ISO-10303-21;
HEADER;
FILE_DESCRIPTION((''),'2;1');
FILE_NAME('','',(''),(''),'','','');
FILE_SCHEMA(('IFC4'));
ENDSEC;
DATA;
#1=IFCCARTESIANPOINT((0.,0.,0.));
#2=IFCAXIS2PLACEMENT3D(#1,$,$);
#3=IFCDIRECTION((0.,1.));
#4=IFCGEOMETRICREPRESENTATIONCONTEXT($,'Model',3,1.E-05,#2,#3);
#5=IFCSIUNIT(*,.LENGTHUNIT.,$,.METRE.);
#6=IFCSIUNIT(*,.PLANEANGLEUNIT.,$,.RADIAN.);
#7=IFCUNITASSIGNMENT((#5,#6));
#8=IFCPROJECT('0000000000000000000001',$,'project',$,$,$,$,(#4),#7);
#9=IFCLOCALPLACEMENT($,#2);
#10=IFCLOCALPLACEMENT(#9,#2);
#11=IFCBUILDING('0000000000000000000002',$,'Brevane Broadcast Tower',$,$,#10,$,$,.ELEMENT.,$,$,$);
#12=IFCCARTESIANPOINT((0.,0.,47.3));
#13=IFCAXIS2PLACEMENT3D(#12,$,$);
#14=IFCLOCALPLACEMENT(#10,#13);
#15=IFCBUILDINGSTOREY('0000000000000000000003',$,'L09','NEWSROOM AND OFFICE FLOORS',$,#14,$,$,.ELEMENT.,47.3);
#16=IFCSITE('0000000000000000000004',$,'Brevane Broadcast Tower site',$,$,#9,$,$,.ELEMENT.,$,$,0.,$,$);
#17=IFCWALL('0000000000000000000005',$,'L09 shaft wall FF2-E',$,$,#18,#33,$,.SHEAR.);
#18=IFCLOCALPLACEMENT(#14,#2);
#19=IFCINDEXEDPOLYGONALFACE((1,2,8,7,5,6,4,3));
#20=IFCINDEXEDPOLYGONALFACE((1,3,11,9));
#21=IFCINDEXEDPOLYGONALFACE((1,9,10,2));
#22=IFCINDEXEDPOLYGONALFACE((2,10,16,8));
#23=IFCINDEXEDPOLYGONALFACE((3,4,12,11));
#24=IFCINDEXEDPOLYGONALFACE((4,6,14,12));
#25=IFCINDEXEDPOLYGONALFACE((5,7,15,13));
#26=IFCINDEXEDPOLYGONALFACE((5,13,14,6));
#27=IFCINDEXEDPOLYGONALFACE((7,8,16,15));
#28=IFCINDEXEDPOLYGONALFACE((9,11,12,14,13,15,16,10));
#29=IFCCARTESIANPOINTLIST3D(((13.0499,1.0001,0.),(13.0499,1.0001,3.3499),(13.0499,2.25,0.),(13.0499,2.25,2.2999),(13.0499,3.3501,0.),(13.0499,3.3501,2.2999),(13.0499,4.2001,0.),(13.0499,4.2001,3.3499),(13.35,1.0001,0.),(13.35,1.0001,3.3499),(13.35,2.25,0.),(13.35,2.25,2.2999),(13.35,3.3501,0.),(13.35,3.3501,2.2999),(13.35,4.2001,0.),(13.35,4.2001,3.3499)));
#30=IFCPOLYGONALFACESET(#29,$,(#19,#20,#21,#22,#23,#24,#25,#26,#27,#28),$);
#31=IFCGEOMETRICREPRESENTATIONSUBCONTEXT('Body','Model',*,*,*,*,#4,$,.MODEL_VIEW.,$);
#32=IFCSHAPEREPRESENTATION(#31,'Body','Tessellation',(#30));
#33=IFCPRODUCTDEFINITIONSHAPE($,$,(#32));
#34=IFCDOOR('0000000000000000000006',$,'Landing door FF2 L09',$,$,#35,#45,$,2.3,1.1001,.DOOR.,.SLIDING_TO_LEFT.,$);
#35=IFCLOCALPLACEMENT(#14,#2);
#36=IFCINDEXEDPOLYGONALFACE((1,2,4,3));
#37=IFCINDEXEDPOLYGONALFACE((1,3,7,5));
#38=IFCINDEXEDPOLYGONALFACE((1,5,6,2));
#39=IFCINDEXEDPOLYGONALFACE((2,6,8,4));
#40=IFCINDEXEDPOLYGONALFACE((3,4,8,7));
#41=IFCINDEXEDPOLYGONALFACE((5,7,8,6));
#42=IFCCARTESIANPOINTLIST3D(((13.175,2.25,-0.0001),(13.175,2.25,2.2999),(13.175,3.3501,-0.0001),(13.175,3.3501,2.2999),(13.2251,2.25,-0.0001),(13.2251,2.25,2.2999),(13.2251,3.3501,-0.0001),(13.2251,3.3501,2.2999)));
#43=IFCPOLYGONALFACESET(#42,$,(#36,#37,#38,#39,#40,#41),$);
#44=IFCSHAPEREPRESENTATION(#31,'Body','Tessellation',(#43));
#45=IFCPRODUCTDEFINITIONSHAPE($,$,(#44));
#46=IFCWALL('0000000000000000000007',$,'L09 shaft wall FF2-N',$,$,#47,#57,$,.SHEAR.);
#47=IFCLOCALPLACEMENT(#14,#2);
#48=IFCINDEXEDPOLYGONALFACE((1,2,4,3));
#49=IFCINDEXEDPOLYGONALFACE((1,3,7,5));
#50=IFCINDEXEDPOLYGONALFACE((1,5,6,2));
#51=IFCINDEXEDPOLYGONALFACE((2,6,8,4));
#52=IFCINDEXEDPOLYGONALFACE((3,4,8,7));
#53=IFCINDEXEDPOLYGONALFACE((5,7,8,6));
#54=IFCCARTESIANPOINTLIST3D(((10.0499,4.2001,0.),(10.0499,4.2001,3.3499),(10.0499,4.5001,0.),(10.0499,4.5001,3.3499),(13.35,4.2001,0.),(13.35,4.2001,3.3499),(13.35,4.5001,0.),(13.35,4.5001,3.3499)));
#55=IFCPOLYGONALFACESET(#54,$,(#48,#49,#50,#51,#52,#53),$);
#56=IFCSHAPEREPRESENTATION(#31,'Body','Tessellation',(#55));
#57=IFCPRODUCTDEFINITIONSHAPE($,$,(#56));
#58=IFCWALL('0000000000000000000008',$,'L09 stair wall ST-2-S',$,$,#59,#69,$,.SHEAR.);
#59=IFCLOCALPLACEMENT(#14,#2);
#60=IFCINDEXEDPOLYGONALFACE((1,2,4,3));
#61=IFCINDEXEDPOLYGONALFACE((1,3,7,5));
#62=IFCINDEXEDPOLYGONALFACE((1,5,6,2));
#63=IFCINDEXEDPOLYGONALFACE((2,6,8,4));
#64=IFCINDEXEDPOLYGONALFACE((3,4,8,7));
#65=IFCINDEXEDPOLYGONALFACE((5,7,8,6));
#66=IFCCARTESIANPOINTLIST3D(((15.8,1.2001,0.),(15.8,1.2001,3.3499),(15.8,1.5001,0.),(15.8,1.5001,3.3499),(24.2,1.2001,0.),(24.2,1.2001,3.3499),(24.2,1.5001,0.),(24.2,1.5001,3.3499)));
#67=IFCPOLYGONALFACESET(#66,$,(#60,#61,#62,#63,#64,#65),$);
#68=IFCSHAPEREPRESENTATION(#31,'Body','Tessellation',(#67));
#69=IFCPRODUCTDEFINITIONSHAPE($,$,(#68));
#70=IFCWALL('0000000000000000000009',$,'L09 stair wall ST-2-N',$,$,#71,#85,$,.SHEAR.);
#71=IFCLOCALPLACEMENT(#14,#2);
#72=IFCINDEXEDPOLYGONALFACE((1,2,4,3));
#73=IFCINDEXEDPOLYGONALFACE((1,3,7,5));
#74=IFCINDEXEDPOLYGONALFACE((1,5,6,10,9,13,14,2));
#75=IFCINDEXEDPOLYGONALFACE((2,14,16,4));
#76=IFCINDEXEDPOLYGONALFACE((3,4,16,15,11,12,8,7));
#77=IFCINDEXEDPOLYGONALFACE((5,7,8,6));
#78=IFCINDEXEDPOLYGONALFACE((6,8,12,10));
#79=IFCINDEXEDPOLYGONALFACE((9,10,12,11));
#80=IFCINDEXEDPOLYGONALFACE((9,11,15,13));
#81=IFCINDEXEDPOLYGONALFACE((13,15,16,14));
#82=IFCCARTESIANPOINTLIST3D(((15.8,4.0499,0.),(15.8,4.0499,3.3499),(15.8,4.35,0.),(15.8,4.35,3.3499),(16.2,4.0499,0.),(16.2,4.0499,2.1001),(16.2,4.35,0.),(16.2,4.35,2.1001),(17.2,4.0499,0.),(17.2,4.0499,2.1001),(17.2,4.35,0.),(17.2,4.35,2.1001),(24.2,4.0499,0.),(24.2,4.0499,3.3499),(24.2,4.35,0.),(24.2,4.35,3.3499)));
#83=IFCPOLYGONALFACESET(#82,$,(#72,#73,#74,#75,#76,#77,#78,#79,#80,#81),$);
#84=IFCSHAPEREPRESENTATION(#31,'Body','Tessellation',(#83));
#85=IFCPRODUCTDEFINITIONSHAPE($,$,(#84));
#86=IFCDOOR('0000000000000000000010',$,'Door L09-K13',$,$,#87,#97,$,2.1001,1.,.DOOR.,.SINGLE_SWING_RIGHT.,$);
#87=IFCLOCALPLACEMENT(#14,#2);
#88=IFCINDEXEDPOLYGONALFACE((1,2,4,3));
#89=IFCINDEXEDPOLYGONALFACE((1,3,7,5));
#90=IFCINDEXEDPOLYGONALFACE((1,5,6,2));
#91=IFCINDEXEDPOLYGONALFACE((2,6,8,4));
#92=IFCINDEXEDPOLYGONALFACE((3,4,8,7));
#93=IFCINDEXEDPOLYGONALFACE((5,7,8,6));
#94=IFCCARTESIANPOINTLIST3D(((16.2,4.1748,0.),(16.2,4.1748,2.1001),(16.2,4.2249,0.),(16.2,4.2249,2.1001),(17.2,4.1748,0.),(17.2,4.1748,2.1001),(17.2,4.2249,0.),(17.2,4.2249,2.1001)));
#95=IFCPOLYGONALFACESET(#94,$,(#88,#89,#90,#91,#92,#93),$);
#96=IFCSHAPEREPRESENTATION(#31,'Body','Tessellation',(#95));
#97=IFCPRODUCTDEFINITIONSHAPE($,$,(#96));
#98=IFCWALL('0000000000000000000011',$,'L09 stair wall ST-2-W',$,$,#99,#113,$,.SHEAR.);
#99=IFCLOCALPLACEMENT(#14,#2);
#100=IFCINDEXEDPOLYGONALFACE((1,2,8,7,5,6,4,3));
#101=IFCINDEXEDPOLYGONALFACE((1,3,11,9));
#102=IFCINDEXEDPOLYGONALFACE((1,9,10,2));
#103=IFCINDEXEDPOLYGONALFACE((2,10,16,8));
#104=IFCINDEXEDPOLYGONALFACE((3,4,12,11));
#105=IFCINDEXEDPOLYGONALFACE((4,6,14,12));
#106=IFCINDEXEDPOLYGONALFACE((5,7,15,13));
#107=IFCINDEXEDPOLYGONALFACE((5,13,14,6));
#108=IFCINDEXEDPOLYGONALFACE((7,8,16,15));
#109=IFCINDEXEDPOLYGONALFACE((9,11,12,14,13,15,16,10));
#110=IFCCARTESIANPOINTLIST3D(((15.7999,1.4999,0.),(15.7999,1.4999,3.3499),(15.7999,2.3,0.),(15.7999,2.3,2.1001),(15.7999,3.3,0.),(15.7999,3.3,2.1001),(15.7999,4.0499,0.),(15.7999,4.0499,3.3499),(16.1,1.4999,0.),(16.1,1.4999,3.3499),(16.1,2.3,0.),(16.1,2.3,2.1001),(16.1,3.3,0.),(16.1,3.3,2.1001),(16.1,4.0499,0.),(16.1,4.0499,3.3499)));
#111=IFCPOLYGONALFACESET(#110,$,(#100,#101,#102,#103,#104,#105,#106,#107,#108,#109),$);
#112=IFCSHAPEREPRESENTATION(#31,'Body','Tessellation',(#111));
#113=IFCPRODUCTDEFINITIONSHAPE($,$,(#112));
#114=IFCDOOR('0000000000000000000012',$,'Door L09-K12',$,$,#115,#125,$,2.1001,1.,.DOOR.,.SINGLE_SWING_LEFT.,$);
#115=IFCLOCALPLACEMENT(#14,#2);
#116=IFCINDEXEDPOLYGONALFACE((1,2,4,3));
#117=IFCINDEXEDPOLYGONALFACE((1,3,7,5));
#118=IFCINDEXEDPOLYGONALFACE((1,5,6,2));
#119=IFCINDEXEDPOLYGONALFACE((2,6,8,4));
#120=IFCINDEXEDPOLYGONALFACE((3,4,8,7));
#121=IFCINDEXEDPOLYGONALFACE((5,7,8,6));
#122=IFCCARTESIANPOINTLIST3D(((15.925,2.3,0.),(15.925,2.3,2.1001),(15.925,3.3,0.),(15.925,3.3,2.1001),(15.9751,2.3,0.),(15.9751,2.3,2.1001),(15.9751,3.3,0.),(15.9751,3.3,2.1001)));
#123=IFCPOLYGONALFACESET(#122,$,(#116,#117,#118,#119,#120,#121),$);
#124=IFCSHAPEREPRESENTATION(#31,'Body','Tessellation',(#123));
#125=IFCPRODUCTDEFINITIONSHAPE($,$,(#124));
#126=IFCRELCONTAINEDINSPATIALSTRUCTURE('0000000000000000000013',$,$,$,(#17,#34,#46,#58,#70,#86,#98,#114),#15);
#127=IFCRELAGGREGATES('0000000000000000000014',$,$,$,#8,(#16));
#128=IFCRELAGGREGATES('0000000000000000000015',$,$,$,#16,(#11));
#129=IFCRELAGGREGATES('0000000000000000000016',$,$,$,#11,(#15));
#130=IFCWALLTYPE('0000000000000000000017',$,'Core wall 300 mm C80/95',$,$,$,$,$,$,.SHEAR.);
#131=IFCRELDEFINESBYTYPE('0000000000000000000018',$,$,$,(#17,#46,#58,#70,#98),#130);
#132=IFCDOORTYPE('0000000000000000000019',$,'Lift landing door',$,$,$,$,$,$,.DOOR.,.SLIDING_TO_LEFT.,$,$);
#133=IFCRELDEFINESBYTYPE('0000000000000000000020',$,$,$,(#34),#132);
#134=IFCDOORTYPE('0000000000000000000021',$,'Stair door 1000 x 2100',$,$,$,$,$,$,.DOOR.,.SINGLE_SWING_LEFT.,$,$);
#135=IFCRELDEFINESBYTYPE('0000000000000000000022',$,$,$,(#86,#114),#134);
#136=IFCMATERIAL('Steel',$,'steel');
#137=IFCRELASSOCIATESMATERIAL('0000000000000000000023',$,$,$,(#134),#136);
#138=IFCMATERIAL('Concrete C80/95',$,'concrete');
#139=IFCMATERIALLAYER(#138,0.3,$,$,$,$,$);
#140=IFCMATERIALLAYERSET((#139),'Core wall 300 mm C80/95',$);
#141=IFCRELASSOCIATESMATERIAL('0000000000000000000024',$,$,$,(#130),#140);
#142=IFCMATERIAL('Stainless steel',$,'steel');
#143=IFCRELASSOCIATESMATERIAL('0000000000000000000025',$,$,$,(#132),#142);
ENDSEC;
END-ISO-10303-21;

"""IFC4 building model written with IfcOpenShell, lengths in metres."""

from ifc_helpers import new_model, si_unit, direction, frame, frame_2d, origin, place, context, subcontext, project, spatial, rectangle, extrude, material, layer, layer_set, type_object, element, fill, save


model = new_model("IFC4")

# Units and contexts
model_context = context("Model", 3, precision=1e-05, world=origin(), true_north=direction((0.0, 1.0)))
body_context = subcontext(model_context, "Body", "Model", "MODEL_VIEW")
ifc_project = project(units=[si_unit("LENGTHUNIT", "METRE"), si_unit("PLANEANGLEUNIT", "RADIAN")], contexts=[model_context])

# Site, building, storey
site_placement = place(None, origin())
site = spatial("IfcSite", under=ifc_project, at=site_placement, Name="Brevane Broadcast Tower site", CompositionType="ELEMENT", RefElevation=0.0)
building_placement = place(site_placement, origin())
building = spatial("IfcBuilding", under=site, at=building_placement, Name="Brevane Broadcast Tower", CompositionType="ELEMENT")
storey_placement = place(building_placement, frame((0.0, 0.0, 47.3)))
storey = spatial("IfcBuildingStorey", under=building, at=storey_placement, Name="L09", Description="NEWSROOM AND OFFICE FLOORS", CompositionType="ELEMENT", Elevation=47.3)

# Shared definitions
ifc_material_1 = material(Name="Steel", Category="steel")
door_type_1 = type_object("IfcDoorType", Name="Stair door 1000 x 2100", OperationType="SINGLE_SWING_LEFT", PredefinedType="DOOR", material=ifc_material_1)

# Shared definitions
ifc_material_2 = material(Name="Concrete C80/95", Category="concrete")
ifc_layer_1 = layer(ifc_material_2, 0.3)
ifc_layer_set_1 = layer_set([ifc_layer_1], Name="Core wall 300 mm C80/95")
wall_type_1 = type_object("IfcWallType", Name="Core wall 300 mm C80/95", PredefinedType="SHEAR", material=ifc_layer_set_1)

# Wall, opening, door
wall_1_placement = place(storey_placement, frame((13.2, 1.0, 0.0), z_axis=(0.0, 0.0, 1.0), x_axis=(0.0, 1.0, 0.0)))
wall_1 = element("IfcWall", 1, at=wall_1_placement, inside=storey, type_object=wall_type_1, Name="L09 shaft wall FF2-E", PredefinedType="SHEAR", context=body_context, shape_type="SweptSolid", body=[
    extrude(rectangle(XDim=3.2, YDim=0.3, at=frame_2d((1.6001, 0.0))), origin(), (0.0, 0.0, 1.0), 3.3499),
])
opening_1_placement = place(wall_1_placement, frame((1.25, 0.0, 0.0)))
opening_1 = element("IfcOpeningElement", 2, at=opening_1_placement, cuts=wall_1, PredefinedType="OPENING", context=body_context, shape_type="SweptSolid", body=[
    extrude(rectangle(XDim=1.1001, YDim=2.3, at=frame_2d((0.55, 1.1499))), frame((0.0, 0.1599, 0.0), z_axis=(0.0, -1.0, 0.0), x_axis=(1.0, 0.0, 0.0)), (0.0, 0.0, 1.0), 0.3201),
])
ifc_material_3 = material(Name="Stainless steel", Category="steel")
door_type_2 = type_object("IfcDoorType", Name="Lift landing door", OperationType="SLIDING_TO_LEFT", PredefinedType="DOOR", material=ifc_material_3)
door_1_placement = place(opening_1_placement, origin())
door_1 = element("IfcDoor", 3, at=door_1_placement, inside=storey, type_object=door_type_2, Name="Landing door FF2 L09", OperationType="SLIDING_TO_LEFT", OverallHeight=2.3, OverallWidth=1.1001, PredefinedType="DOOR", context=body_context, shape_type="SweptSolid", body=[
    extrude(rectangle(XDim=1.1001, YDim=2.3, at=frame_2d((0.55, 1.1499))), frame((0.0, 0.0249, 0.0), z_axis=(0.0, -1.0, 0.0), x_axis=(1.0, 0.0, 0.0)), (0.0, 0.0, 1.0), 0.05),
])
fill(opening_1, door_1)

# Walls
wall_2_placement = place(storey_placement, frame((10.05, 4.3501, 0.0), z_axis=(0.0, 0.0, 1.0), x_axis=(1.0, 0.0, 0.0)))
element("IfcWall", 4, at=wall_2_placement, inside=storey, type_object=wall_type_1, Name="L09 shaft wall FF2-N", PredefinedType="SHEAR", context=body_context, shape_type="SweptSolid", body=[
    extrude(rectangle(XDim=3.3, YDim=0.3, at=frame_2d((1.6499, 0.0))), origin(), (0.0, 0.0, 1.0), 3.3499),
])
wall_3_placement = place(storey_placement, frame((15.8, 1.3501, 0.0), z_axis=(0.0, 0.0, 1.0), x_axis=(1.0, 0.0, 0.0)))
element("IfcWall", 5, at=wall_3_placement, inside=storey, type_object=wall_type_1, Name="L09 stair wall ST-2-S", PredefinedType="SHEAR", context=body_context, shape_type="SweptSolid", body=[
    extrude(rectangle(XDim=8.3999, YDim=0.3, at=frame_2d((4.2, 0.0))), origin(), (0.0, 0.0, 1.0), 3.3499),
])

# Walls, openings, doors
wall_4_placement = place(storey_placement, frame((15.8, 4.2, 0.0), z_axis=(0.0, 0.0, 1.0), x_axis=(1.0, 0.0, 0.0)))
wall_4 = element("IfcWall", 6, at=wall_4_placement, inside=storey, type_object=wall_type_1, Name="L09 stair wall ST-2-N", PredefinedType="SHEAR", context=body_context, shape_type="SweptSolid", body=[
    extrude(rectangle(XDim=8.3999, YDim=0.3, at=frame_2d((4.2, 0.0))), origin(), (0.0, 0.0, 1.0), 3.3499),
])
opening_2_placement = place(wall_4_placement, frame((0.3999, 0.0, 0.0)))
opening_2 = element("IfcOpeningElement", 7, at=opening_2_placement, cuts=wall_4, PredefinedType="OPENING", context=body_context, shape_type="SweptSolid", body=[
    extrude(rectangle(XDim=1.0, YDim=2.1001, at=frame_2d((0.5, 1.05))), frame((0.0, 0.1599, 0.0), z_axis=(0.0, -1.0, 0.0), x_axis=(1.0, 0.0, 0.0)), (0.0, 0.0, 1.0), 0.3201),
])
door_2_placement = place(opening_2_placement, origin())
door_2 = element("IfcDoor", 8, at=door_2_placement, inside=storey, type_object=door_type_1, Name="Door L09-K13", OperationType="SINGLE_SWING_RIGHT", OverallHeight=2.1001, OverallWidth=1.0, PredefinedType="DOOR", context=body_context, shape_type="SweptSolid", body=[
    extrude(rectangle(XDim=1.0, YDim=2.1001, at=frame_2d((0.5, 1.05))), frame((0.0, 0.0249, 0.0), z_axis=(0.0, -1.0, 0.0), x_axis=(1.0, 0.0, 0.0)), (0.0, 0.0, 1.0), 0.05),
])
fill(opening_2, door_2)
wall_5_placement = place(storey_placement, frame((15.95, 1.5, 0.0), z_axis=(0.0, 0.0, 1.0), x_axis=(0.0, 1.0, 0.0)))
wall_5 = element("IfcWall", 9, at=wall_5_placement, inside=storey, type_object=wall_type_1, Name="L09 stair wall ST-2-W", PredefinedType="SHEAR", context=body_context, shape_type="SweptSolid", body=[
    extrude(rectangle(XDim=2.55, YDim=0.3, at=frame_2d((1.2749, 0.0))), origin(), (0.0, 0.0, 1.0), 3.3499),
])
opening_3_placement = place(wall_5_placement, frame((0.8, 0.0, 0.0)))
opening_3 = element("IfcOpeningElement", 10, at=opening_3_placement, cuts=wall_5, PredefinedType="OPENING", context=body_context, shape_type="SweptSolid", body=[
    extrude(rectangle(XDim=1.0, YDim=2.1001, at=frame_2d((0.5, 1.05))), frame((0.0, 0.1599, 0.0), z_axis=(0.0, -1.0, 0.0), x_axis=(1.0, 0.0, 0.0)), (0.0, 0.0, 1.0), 0.3201),
])
door_3_placement = place(opening_3_placement, origin())
door_3 = element("IfcDoor", 11, at=door_3_placement, inside=storey, type_object=door_type_1, Name="Door L09-K12", OperationType="SINGLE_SWING_LEFT", OverallHeight=2.1001, OverallWidth=1.0, PredefinedType="DOOR", context=body_context, shape_type="SweptSolid", body=[
    extrude(rectangle(XDim=1.0, YDim=2.1001, at=frame_2d((0.5, 1.05))), frame((0.0, 0.0249, 0.0), z_axis=(0.0, -1.0, 0.0), x_axis=(1.0, 0.0, 0.0)), (0.0, 0.0, 1.0), 0.05),
])
fill(opening_3, door_3)

save(model, "model.ifc")
